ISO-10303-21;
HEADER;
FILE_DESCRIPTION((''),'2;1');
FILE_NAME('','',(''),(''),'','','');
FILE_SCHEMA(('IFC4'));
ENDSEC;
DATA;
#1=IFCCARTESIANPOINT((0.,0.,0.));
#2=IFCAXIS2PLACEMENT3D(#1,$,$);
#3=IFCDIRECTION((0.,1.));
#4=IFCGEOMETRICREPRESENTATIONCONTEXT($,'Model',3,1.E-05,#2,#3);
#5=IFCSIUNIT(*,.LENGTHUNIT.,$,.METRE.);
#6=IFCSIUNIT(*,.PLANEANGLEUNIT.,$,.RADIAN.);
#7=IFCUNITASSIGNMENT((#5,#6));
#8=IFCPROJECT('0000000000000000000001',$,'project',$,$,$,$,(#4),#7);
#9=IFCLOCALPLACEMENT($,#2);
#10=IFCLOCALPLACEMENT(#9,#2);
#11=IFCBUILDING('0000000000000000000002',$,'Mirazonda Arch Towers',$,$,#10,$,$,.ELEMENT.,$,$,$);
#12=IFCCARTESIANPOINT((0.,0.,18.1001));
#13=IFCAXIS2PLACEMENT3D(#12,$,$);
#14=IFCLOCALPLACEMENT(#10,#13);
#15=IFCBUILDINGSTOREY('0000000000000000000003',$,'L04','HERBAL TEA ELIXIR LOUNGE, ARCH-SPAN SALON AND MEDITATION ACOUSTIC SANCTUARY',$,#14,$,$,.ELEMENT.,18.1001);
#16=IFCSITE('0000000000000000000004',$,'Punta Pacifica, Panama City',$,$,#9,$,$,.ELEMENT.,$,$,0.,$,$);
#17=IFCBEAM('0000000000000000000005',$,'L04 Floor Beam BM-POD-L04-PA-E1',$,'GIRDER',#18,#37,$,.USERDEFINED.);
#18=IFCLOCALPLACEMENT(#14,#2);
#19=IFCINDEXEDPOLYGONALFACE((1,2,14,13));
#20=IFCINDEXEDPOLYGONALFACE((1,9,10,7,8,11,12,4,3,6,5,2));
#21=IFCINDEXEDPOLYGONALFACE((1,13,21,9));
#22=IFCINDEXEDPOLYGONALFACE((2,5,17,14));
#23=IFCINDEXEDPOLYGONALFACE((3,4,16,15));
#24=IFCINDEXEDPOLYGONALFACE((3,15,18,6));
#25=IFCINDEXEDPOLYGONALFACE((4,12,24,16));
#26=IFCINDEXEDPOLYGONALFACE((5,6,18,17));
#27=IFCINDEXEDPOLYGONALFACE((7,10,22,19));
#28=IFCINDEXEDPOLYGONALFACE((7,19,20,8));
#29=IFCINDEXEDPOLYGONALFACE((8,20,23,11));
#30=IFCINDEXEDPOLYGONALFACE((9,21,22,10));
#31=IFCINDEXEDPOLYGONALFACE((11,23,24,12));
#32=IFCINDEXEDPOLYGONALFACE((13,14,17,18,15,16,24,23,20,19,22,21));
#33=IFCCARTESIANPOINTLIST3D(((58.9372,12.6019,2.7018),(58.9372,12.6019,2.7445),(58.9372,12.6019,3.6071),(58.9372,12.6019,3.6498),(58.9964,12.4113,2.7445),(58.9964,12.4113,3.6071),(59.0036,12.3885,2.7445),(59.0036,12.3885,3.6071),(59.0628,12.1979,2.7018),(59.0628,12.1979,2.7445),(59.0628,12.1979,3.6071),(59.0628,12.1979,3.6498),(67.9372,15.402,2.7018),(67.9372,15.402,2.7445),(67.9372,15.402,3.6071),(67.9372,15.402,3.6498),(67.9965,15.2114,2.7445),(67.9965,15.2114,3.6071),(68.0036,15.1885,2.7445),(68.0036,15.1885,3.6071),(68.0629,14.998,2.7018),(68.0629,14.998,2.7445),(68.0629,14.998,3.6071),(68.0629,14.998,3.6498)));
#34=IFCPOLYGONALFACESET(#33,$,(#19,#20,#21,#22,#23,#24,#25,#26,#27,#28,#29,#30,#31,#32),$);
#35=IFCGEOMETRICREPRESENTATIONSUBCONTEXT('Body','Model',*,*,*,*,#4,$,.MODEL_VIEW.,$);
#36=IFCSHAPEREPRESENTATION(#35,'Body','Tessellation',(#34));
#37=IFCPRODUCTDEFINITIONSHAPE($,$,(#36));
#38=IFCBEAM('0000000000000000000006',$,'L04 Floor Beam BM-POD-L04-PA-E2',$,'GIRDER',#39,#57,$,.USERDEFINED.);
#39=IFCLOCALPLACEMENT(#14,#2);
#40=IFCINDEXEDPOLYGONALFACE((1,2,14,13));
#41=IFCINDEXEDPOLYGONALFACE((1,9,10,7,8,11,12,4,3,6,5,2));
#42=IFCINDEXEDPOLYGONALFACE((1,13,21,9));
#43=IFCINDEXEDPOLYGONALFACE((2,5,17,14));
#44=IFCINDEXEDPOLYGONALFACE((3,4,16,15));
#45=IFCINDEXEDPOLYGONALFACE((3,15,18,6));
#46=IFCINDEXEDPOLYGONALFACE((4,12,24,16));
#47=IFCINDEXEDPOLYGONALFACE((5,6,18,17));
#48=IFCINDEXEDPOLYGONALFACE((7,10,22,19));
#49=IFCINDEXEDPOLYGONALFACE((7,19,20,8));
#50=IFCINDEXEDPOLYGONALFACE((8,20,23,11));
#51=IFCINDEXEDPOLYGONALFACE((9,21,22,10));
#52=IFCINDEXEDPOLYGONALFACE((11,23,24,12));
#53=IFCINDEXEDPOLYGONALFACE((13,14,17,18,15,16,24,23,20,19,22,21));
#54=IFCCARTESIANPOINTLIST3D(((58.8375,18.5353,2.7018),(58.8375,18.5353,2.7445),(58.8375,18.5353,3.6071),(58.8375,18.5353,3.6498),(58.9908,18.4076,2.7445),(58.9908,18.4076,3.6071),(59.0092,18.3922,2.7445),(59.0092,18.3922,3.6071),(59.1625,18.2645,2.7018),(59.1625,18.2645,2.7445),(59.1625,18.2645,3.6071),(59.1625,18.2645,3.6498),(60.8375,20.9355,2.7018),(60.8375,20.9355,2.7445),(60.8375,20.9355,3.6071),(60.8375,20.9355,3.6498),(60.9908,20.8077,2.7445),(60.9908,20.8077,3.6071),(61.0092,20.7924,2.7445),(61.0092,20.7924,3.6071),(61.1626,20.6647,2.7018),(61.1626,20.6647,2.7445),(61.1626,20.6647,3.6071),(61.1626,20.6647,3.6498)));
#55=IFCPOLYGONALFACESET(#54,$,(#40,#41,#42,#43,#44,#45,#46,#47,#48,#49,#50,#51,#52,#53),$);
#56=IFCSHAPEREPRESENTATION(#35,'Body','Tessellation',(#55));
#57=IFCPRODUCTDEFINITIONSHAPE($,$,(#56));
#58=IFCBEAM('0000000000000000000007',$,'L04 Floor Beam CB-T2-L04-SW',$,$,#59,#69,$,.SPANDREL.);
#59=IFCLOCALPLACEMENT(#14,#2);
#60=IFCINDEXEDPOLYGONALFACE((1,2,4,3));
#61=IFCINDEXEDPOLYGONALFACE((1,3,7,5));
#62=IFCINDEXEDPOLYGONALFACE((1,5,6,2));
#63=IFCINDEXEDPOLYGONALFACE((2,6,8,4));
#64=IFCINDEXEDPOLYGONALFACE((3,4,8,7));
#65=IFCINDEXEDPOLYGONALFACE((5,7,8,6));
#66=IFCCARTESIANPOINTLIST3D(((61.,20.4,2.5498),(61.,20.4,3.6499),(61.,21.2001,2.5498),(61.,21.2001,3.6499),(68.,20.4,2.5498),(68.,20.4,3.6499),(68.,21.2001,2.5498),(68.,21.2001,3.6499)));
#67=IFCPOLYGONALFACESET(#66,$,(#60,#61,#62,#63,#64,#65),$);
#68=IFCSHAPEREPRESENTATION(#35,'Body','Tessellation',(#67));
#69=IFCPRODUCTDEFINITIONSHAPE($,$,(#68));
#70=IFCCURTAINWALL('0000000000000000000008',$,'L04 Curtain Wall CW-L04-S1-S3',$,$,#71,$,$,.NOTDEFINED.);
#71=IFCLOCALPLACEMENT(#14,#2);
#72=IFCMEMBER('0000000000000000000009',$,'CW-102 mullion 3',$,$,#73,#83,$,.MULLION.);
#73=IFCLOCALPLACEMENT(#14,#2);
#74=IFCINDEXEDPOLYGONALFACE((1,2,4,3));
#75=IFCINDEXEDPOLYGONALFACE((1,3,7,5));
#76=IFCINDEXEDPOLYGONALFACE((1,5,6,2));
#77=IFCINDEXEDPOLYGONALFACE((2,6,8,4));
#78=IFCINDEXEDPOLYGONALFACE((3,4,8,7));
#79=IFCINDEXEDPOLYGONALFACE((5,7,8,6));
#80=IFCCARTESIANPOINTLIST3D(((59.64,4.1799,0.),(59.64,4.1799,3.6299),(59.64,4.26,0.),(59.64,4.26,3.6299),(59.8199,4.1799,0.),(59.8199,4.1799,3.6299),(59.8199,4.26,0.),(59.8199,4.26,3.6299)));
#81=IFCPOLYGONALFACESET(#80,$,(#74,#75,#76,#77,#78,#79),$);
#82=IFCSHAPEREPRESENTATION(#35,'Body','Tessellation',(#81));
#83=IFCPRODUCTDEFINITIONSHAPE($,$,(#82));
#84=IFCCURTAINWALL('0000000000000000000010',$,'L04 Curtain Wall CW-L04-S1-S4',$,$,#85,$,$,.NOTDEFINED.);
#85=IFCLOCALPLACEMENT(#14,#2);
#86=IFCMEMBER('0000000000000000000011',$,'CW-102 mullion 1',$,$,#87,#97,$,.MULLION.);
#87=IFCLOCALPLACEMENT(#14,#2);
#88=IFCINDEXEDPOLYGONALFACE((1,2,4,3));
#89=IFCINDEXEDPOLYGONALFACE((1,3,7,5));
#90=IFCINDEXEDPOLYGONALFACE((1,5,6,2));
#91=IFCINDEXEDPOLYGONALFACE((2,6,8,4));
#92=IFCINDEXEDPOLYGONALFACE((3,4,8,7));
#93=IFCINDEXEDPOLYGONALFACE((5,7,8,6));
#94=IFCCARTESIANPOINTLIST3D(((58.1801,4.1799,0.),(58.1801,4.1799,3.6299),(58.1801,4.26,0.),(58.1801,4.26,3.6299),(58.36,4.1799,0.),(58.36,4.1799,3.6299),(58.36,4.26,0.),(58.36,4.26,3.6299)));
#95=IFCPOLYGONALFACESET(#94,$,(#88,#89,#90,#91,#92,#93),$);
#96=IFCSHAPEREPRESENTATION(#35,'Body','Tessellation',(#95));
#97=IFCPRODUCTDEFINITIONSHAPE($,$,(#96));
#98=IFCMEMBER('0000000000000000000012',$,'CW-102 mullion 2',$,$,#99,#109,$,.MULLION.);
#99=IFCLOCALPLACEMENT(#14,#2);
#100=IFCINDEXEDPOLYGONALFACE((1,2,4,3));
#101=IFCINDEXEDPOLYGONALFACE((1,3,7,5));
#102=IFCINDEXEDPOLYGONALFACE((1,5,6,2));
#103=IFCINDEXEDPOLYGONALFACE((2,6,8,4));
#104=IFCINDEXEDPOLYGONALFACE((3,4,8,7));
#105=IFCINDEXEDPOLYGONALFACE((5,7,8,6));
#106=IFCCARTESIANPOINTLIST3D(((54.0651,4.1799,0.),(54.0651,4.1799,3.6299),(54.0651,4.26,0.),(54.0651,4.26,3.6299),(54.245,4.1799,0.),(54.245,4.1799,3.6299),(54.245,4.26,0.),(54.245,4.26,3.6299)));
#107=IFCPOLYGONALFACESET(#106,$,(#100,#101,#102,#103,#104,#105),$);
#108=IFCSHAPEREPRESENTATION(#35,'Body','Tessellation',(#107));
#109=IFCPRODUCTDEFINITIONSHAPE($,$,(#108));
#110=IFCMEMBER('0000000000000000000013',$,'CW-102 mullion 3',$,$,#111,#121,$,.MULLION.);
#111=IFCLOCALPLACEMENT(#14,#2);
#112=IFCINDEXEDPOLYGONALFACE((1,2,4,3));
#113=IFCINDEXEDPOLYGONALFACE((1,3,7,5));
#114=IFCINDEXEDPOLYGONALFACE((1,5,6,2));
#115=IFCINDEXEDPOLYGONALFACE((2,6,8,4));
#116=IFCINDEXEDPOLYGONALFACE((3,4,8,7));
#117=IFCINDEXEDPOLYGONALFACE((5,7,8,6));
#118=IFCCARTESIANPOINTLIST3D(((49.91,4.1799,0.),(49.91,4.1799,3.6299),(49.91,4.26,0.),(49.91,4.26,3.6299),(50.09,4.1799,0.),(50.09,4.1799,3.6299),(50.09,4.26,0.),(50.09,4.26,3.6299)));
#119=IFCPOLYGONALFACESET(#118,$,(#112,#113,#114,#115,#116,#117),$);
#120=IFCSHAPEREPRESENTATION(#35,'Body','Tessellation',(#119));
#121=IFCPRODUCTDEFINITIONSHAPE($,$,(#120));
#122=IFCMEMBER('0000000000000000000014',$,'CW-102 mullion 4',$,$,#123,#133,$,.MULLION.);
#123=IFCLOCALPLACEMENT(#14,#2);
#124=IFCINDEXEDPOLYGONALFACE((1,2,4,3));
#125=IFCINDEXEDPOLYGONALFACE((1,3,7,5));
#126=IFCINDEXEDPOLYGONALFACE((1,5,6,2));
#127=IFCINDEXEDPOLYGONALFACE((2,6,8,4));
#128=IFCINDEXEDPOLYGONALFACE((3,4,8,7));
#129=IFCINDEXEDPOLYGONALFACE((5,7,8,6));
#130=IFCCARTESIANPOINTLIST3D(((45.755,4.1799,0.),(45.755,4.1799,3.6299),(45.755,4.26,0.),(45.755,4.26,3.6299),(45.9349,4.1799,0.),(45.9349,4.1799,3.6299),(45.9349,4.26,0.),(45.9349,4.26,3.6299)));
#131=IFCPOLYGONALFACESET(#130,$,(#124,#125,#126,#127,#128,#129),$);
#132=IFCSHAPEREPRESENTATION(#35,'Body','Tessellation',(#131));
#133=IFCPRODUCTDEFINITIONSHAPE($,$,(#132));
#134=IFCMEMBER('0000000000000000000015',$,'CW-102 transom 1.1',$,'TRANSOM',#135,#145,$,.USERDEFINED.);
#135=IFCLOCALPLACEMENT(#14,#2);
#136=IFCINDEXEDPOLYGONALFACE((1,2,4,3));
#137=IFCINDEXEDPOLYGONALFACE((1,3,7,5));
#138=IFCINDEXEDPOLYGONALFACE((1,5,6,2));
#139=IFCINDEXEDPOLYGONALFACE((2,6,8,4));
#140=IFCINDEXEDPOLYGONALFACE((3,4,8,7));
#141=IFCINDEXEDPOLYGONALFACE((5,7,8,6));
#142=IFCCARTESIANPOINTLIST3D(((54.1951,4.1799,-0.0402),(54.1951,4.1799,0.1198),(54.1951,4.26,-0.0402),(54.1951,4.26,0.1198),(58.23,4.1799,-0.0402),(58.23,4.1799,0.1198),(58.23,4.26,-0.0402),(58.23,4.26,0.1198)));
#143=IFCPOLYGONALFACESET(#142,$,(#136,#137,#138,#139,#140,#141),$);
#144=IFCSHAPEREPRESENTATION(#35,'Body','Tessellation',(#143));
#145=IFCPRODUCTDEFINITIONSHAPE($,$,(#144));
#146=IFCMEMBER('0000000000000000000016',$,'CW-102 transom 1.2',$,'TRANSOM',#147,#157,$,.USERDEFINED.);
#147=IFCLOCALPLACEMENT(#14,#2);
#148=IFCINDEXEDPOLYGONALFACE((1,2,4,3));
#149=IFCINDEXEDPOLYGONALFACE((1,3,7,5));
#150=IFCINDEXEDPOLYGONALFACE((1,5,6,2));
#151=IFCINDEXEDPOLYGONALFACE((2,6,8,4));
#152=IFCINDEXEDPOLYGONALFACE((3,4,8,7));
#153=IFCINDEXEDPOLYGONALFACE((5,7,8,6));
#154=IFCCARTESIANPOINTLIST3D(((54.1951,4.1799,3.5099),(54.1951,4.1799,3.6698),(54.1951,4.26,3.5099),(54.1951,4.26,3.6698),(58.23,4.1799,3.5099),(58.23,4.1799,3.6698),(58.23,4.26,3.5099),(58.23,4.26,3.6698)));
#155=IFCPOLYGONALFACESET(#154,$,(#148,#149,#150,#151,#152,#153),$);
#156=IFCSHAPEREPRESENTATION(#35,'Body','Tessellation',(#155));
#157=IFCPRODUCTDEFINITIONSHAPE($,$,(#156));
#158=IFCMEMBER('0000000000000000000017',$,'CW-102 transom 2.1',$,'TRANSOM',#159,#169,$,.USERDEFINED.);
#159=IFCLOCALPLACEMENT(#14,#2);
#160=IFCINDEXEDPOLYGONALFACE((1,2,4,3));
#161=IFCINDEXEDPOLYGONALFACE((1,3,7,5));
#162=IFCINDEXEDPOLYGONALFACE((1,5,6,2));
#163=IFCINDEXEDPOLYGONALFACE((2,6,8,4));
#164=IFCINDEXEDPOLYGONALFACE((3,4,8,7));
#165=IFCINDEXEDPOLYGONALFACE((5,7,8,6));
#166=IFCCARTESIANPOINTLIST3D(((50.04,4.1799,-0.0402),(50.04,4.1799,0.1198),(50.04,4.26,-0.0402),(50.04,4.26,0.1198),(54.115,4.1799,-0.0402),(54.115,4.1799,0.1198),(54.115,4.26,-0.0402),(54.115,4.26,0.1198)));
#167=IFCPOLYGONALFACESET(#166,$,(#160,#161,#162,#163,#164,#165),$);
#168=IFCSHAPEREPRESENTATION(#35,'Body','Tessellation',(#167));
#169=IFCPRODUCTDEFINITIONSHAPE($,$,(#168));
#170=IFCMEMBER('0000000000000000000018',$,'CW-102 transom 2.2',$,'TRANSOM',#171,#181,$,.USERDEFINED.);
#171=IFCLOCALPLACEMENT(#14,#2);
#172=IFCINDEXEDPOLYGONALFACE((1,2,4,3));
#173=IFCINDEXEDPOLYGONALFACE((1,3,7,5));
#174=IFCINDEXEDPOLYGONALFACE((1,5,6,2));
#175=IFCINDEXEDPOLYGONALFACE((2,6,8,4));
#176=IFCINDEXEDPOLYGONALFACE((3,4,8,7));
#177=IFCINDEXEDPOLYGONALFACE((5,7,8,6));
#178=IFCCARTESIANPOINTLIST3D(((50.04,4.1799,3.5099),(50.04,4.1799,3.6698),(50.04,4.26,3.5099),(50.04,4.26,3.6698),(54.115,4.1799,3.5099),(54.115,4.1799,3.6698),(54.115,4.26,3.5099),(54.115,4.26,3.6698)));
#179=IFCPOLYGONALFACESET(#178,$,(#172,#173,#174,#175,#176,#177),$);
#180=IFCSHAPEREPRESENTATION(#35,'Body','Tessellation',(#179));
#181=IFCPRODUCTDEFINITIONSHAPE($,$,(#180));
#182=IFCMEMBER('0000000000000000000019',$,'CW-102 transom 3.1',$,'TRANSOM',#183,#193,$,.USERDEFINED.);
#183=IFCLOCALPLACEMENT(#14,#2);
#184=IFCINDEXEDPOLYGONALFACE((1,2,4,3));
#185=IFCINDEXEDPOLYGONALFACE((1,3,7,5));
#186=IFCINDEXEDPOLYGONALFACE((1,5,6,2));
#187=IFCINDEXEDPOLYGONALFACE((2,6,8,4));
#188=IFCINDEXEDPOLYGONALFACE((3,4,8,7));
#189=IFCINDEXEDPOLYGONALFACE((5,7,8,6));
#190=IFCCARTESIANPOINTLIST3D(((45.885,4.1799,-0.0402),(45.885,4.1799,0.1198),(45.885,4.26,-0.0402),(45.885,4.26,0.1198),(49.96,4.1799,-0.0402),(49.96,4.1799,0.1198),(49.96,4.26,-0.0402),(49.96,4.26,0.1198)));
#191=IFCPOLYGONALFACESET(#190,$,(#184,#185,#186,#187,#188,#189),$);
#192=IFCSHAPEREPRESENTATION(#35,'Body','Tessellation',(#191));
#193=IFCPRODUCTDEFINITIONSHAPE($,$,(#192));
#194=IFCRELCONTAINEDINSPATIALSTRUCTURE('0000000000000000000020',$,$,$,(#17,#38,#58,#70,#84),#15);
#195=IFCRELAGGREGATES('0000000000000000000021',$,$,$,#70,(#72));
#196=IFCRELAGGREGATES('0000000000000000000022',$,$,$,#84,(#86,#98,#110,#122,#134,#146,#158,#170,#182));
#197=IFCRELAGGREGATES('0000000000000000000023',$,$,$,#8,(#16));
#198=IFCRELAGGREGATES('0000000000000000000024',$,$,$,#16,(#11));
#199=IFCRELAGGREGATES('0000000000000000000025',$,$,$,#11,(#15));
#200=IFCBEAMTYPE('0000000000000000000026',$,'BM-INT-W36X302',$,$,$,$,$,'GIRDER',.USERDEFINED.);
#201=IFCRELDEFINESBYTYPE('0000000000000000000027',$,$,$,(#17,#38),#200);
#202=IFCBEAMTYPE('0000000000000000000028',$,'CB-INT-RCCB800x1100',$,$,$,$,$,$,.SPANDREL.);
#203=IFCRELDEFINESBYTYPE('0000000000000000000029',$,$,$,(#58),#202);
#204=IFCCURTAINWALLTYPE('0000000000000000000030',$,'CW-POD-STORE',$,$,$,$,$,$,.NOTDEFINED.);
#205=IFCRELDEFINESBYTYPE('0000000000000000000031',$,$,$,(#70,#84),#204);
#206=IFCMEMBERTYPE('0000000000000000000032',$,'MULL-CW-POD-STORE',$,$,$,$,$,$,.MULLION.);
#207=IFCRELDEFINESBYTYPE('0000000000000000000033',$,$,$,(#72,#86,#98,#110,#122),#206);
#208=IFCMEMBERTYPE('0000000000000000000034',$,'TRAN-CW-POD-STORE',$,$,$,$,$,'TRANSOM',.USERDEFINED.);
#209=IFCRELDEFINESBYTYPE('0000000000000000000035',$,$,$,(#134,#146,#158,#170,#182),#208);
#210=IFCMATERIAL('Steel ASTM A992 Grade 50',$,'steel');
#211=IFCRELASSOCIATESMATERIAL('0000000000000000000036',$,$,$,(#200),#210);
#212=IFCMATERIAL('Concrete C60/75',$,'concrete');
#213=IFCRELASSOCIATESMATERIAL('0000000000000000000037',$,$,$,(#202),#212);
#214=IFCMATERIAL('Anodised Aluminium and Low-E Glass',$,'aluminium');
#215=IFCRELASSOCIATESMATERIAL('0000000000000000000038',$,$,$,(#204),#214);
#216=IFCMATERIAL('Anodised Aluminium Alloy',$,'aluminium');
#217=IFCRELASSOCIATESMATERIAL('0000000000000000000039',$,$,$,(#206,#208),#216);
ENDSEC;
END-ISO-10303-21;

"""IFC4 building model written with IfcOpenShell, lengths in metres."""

from ifc_helpers import new_model, si_unit, direction, frame, origin, origin_2d, place, context, subcontext, project, spatial, rectangle, i_section, extrude, material, material_profile, profile_set, type_object, element, aggregate, save


model = new_model("IFC4")

# Units and contexts
model_context = context("Model", 3, precision=1e-05, world=origin(), true_north=direction((0.0, 1.0)))
body_context = subcontext(model_context, "Body", "Model", "MODEL_VIEW")
ifc_project = project(units=[si_unit("LENGTHUNIT", "METRE"), si_unit("PLANEANGLEUNIT", "RADIAN")], contexts=[model_context])

# Site, building, storey
site_placement = place(None, origin())
site = spatial("IfcSite", under=ifc_project, at=site_placement, Name="Punta Pacifica, Panama City", CompositionType="ELEMENT", RefElevation=0.0)
building_placement = place(site_placement, origin())
building = spatial("IfcBuilding", under=site, at=building_placement, Name="Mirazonda Arch Towers", CompositionType="ELEMENT")
storey_placement = place(building_placement, frame((0.0, 0.0, 18.1001)))
storey = spatial("IfcBuildingStorey", under=building, at=storey_placement, Name="L04", Description="HERBAL TEA ELIXIR LOUNGE, ARCH-SPAN SALON AND MEDITATION ACOUSTIC SANCTUARY", CompositionType="ELEMENT", Elevation=18.1001)

# Shared definitions
ifc_material_1 = material(Name="Concrete C60/75", Category="concrete")

# Beams
ifc_material_2 = material(Name="Steel ASTM A992 Grade 50", Category="steel")
ifc_material_profile_1 = material_profile(ifc_material_2, i_section(OverallWidth=0.4231, OverallDepth=0.948, WebThickness=0.0239, FlangeThickness=0.0427, at=origin_2d()), Name="W36X302")
ifc_profile_set_1 = profile_set([ifc_material_profile_1], Name="Steel ASTM A992 Grade 50")
beam_type_1 = type_object("IfcBeamType", Name="BM-INT-W36X302", ElementType="GIRDER", PredefinedType="USERDEFINED", material=ifc_profile_set_1)
beam_1_placement = place(storey_placement, frame((59.0, 12.3999, 3.1758), z_axis=(0.954855, 0.297071, 0.0), x_axis=(-0.297071, 0.954855, 0.0)))
element("IfcBeam", 1, at=beam_1_placement, inside=storey, type_object=beam_type_1, Name="L04 Floor Beam BM-POD-L04-PA-E1", ObjectType="GIRDER", PredefinedType="USERDEFINED", context=body_context, shape_type="SweptSolid", body=[
    extrude(i_section(OverallWidth=0.4231, OverallDepth=0.948, WebThickness=0.0239, FlangeThickness=0.0427, at=origin_2d()), origin(), (0.0, 0.0, 1.0), 9.4255),
])
beam_2_placement = place(storey_placement, frame((59.0, 18.3999, 3.1758), z_axis=(0.640161, 0.76824, 0.0), x_axis=(-0.76824, 0.640161, 0.0)))
element("IfcBeam", 2, at=beam_2_placement, inside=storey, type_object=beam_type_1, Name="L04 Floor Beam BM-POD-L04-PA-E2", ObjectType="GIRDER", PredefinedType="USERDEFINED", context=body_context, shape_type="SweptSolid", body=[
    extrude(i_section(OverallWidth=0.4231, OverallDepth=0.948, WebThickness=0.0239, FlangeThickness=0.0427, at=origin_2d()), origin(), (0.0, 0.0, 1.0), 3.1243),
])
ifc_material_profile_2 = material_profile(ifc_material_1, rectangle(XDim=0.8, YDim=1.1001, at=origin_2d()), Name="RCCB800x1100")
ifc_profile_set_2 = profile_set([ifc_material_profile_2], Name="Concrete C60/75")
beam_type_2 = type_object("IfcBeamType", Name="CB-INT-RCCB800x1100", PredefinedType="SPANDREL", material=ifc_profile_set_2)
beam_3_placement = place(storey_placement, frame((61.0, 20.8, 3.0999), z_axis=(1.0, 0.0, 0.0), x_axis=(0.0, 1.0, 0.0)))
element("IfcBeam", 3, at=beam_3_placement, inside=storey, type_object=beam_type_2, Name="L04 Floor Beam CB-T2-L04-SW", PredefinedType="SPANDREL", context=body_context, shape_type="SweptSolid", body=[
    extrude(rectangle(XDim=0.8, YDim=1.1001, at=origin_2d()), origin(), (0.0, 0.0, 1.0), 7.0),
])

# Curtain wall, member
ifc_material_3 = material(Name="Anodised Aluminium and Low-E Glass", Category="aluminium")
curtain_wall_type = type_object("IfcCurtainWallType", Name="CW-POD-STORE", PredefinedType="NOTDEFINED", material=ifc_material_3)
curtain_wall_1_placement = place(storey_placement, origin())
curtain_wall_1 = element("IfcCurtainWall", 4, at=curtain_wall_1_placement, inside=storey, type_object=curtain_wall_type, Name="L04 Curtain Wall CW-L04-S1-S3", PredefinedType="NOTDEFINED")
ifc_material_4 = material(Name="Anodised Aluminium Alloy", Category="aluminium")
ifc_material_profile_3 = material_profile(ifc_material_4, rectangle(XDim=0.0801, YDim=0.1799, at=origin_2d()), Name="ALU-MULL-80x180")
ifc_profile_set_3 = profile_set([ifc_material_profile_3], Name="Anodised Aluminium Alloy")
member_type_1 = type_object("IfcMemberType", Name="MULL-CW-POD-STORE", PredefinedType="MULLION", material=ifc_profile_set_3)
member_1_placement = place(storey_placement, frame((59.73, 4.22, 0.0), z_axis=(0.0, 0.0, 1.0), x_axis=(0.0, -1.0, 0.0)))
member_1 = element("IfcMember", 5, at=member_1_placement, type_object=member_type_1, Name="CW-102 mullion 3", PredefinedType="MULLION", context=body_context, shape_type="SweptSolid", body=[
    extrude(rectangle(XDim=0.0801, YDim=0.1799, at=origin_2d()), origin(), (0.0, 0.0, 1.0), 3.6299),
])

# Curtain wall, members
curtain_wall_2_placement = place(storey_placement, origin())
curtain_wall_2 = element("IfcCurtainWall", 6, at=curtain_wall_2_placement, inside=storey, type_object=curtain_wall_type, Name="L04 Curtain Wall CW-L04-S1-S4", PredefinedType="NOTDEFINED")
member_2_placement = place(storey_placement, frame((58.27, 4.22, 0.0), z_axis=(0.0, 0.0, 1.0), x_axis=(0.0, -1.0, 0.0)))
member_2 = element("IfcMember", 7, at=member_2_placement, type_object=member_type_1, Name="CW-102 mullion 1", PredefinedType="MULLION", context=body_context, shape_type="SweptSolid", body=[
    extrude(rectangle(XDim=0.0801, YDim=0.1799, at=origin_2d()), origin(), (0.0, 0.0, 1.0), 3.6299),
])
member_3_placement = place(storey_placement, frame((54.155, 4.22, 0.0), z_axis=(0.0, 0.0, 1.0), x_axis=(0.0, -1.0, 0.0)))
member_3 = element("IfcMember", 8, at=member_3_placement, type_object=member_type_1, Name="CW-102 mullion 2", PredefinedType="MULLION", context=body_context, shape_type="SweptSolid", body=[
    extrude(rectangle(XDim=0.0801, YDim=0.1799, at=origin_2d()), origin(), (0.0, 0.0, 1.0), 3.6299),
])
member_4_placement = place(storey_placement, frame((50.0, 4.22, 0.0), z_axis=(0.0, 0.0, 1.0), x_axis=(0.0, -1.0, 0.0)))
member_4 = element("IfcMember", 9, at=member_4_placement, type_object=member_type_1, Name="CW-102 mullion 3", PredefinedType="MULLION", context=body_context, shape_type="SweptSolid", body=[
    extrude(rectangle(XDim=0.0801, YDim=0.1799, at=origin_2d()), origin(), (0.0, 0.0, 1.0), 3.6299),
])
member_5_placement = place(storey_placement, frame((45.845, 4.22, 0.0), z_axis=(0.0, 0.0, 1.0), x_axis=(0.0, -1.0, 0.0)))
member_5 = element("IfcMember", 10, at=member_5_placement, type_object=member_type_1, Name="CW-102 mullion 4", PredefinedType="MULLION", context=body_context, shape_type="SweptSolid", body=[
    extrude(rectangle(XDim=0.0801, YDim=0.1799, at=origin_2d()), origin(), (0.0, 0.0, 1.0), 3.6299),
])
ifc_material_profile_4 = material_profile(ifc_material_4, rectangle(XDim=0.0801, YDim=0.1599, at=origin_2d()), Name="ALU-TRAN-80x160")
ifc_profile_set_4 = profile_set([ifc_material_profile_4], Name="Anodised Aluminium Alloy")
member_type_2 = type_object("IfcMemberType", Name="TRAN-CW-POD-STORE", ElementType="TRANSOM", PredefinedType="USERDEFINED", material=ifc_profile_set_4)
member_6_placement = place(storey_placement, frame((58.23, 4.22, 0.0398), z_axis=(-1.0, 0.0, 0.0), x_axis=(0.0, -1.0, 0.0)))
member_6 = element("IfcMember", 11, at=member_6_placement, type_object=member_type_2, Name="CW-102 transom 1.1", ObjectType="TRANSOM", PredefinedType="USERDEFINED", context=body_context, shape_type="SweptSolid", body=[
    extrude(rectangle(XDim=0.0801, YDim=0.1599, at=origin_2d()), origin(), (0.0, 0.0, 1.0), 4.0349),
])
member_7_placement = place(storey_placement, frame((58.23, 4.22, 3.5898), z_axis=(-1.0, 0.0, 0.0), x_axis=(0.0, -1.0, 0.0)))
member_7 = element("IfcMember", 12, at=member_7_placement, type_object=member_type_2, Name="CW-102 transom 1.2", ObjectType="TRANSOM", PredefinedType="USERDEFINED", context=body_context, shape_type="SweptSolid", body=[
    extrude(rectangle(XDim=0.0801, YDim=0.1599, at=origin_2d()), origin(), (0.0, 0.0, 1.0), 4.0349),
])
member_8_placement = place(storey_placement, frame((54.115, 4.22, 0.0398), z_axis=(-1.0, 0.0, 0.0), x_axis=(0.0, -1.0, 0.0)))
member_8 = element("IfcMember", 13, at=member_8_placement, type_object=member_type_2, Name="CW-102 transom 2.1", ObjectType="TRANSOM", PredefinedType="USERDEFINED", context=body_context, shape_type="SweptSolid", body=[
    extrude(rectangle(XDim=0.0801, YDim=0.1599, at=origin_2d()), origin(), (0.0, 0.0, 1.0), 4.075),
])
member_9_placement = place(storey_placement, frame((54.115, 4.22, 3.5898), z_axis=(-1.0, 0.0, 0.0), x_axis=(0.0, -1.0, 0.0)))
member_9 = element("IfcMember", 14, at=member_9_placement, type_object=member_type_2, Name="CW-102 transom 2.2", ObjectType="TRANSOM", PredefinedType="USERDEFINED", context=body_context, shape_type="SweptSolid", body=[
    extrude(rectangle(XDim=0.0801, YDim=0.1599, at=origin_2d()), origin(), (0.0, 0.0, 1.0), 4.075),
])
member_10_placement = place(storey_placement, frame((49.96, 4.22, 0.0398), z_axis=(-1.0, 0.0, 0.0), x_axis=(0.0, -1.0, 0.0)))
member_10 = element("IfcMember", 15, at=member_10_placement, type_object=member_type_2, Name="CW-102 transom 3.1", ObjectType="TRANSOM", PredefinedType="USERDEFINED", context=body_context, shape_type="SweptSolid", body=[
    extrude(rectangle(XDim=0.0801, YDim=0.1599, at=origin_2d()), origin(), (0.0, 0.0, 1.0), 4.075),
])

aggregate(curtain_wall_1, [member_1])
aggregate(curtain_wall_2, [member_2, member_3, member_4, member_5, member_6, member_7, member_8, member_9, member_10])

save(model, "model.ifc")
